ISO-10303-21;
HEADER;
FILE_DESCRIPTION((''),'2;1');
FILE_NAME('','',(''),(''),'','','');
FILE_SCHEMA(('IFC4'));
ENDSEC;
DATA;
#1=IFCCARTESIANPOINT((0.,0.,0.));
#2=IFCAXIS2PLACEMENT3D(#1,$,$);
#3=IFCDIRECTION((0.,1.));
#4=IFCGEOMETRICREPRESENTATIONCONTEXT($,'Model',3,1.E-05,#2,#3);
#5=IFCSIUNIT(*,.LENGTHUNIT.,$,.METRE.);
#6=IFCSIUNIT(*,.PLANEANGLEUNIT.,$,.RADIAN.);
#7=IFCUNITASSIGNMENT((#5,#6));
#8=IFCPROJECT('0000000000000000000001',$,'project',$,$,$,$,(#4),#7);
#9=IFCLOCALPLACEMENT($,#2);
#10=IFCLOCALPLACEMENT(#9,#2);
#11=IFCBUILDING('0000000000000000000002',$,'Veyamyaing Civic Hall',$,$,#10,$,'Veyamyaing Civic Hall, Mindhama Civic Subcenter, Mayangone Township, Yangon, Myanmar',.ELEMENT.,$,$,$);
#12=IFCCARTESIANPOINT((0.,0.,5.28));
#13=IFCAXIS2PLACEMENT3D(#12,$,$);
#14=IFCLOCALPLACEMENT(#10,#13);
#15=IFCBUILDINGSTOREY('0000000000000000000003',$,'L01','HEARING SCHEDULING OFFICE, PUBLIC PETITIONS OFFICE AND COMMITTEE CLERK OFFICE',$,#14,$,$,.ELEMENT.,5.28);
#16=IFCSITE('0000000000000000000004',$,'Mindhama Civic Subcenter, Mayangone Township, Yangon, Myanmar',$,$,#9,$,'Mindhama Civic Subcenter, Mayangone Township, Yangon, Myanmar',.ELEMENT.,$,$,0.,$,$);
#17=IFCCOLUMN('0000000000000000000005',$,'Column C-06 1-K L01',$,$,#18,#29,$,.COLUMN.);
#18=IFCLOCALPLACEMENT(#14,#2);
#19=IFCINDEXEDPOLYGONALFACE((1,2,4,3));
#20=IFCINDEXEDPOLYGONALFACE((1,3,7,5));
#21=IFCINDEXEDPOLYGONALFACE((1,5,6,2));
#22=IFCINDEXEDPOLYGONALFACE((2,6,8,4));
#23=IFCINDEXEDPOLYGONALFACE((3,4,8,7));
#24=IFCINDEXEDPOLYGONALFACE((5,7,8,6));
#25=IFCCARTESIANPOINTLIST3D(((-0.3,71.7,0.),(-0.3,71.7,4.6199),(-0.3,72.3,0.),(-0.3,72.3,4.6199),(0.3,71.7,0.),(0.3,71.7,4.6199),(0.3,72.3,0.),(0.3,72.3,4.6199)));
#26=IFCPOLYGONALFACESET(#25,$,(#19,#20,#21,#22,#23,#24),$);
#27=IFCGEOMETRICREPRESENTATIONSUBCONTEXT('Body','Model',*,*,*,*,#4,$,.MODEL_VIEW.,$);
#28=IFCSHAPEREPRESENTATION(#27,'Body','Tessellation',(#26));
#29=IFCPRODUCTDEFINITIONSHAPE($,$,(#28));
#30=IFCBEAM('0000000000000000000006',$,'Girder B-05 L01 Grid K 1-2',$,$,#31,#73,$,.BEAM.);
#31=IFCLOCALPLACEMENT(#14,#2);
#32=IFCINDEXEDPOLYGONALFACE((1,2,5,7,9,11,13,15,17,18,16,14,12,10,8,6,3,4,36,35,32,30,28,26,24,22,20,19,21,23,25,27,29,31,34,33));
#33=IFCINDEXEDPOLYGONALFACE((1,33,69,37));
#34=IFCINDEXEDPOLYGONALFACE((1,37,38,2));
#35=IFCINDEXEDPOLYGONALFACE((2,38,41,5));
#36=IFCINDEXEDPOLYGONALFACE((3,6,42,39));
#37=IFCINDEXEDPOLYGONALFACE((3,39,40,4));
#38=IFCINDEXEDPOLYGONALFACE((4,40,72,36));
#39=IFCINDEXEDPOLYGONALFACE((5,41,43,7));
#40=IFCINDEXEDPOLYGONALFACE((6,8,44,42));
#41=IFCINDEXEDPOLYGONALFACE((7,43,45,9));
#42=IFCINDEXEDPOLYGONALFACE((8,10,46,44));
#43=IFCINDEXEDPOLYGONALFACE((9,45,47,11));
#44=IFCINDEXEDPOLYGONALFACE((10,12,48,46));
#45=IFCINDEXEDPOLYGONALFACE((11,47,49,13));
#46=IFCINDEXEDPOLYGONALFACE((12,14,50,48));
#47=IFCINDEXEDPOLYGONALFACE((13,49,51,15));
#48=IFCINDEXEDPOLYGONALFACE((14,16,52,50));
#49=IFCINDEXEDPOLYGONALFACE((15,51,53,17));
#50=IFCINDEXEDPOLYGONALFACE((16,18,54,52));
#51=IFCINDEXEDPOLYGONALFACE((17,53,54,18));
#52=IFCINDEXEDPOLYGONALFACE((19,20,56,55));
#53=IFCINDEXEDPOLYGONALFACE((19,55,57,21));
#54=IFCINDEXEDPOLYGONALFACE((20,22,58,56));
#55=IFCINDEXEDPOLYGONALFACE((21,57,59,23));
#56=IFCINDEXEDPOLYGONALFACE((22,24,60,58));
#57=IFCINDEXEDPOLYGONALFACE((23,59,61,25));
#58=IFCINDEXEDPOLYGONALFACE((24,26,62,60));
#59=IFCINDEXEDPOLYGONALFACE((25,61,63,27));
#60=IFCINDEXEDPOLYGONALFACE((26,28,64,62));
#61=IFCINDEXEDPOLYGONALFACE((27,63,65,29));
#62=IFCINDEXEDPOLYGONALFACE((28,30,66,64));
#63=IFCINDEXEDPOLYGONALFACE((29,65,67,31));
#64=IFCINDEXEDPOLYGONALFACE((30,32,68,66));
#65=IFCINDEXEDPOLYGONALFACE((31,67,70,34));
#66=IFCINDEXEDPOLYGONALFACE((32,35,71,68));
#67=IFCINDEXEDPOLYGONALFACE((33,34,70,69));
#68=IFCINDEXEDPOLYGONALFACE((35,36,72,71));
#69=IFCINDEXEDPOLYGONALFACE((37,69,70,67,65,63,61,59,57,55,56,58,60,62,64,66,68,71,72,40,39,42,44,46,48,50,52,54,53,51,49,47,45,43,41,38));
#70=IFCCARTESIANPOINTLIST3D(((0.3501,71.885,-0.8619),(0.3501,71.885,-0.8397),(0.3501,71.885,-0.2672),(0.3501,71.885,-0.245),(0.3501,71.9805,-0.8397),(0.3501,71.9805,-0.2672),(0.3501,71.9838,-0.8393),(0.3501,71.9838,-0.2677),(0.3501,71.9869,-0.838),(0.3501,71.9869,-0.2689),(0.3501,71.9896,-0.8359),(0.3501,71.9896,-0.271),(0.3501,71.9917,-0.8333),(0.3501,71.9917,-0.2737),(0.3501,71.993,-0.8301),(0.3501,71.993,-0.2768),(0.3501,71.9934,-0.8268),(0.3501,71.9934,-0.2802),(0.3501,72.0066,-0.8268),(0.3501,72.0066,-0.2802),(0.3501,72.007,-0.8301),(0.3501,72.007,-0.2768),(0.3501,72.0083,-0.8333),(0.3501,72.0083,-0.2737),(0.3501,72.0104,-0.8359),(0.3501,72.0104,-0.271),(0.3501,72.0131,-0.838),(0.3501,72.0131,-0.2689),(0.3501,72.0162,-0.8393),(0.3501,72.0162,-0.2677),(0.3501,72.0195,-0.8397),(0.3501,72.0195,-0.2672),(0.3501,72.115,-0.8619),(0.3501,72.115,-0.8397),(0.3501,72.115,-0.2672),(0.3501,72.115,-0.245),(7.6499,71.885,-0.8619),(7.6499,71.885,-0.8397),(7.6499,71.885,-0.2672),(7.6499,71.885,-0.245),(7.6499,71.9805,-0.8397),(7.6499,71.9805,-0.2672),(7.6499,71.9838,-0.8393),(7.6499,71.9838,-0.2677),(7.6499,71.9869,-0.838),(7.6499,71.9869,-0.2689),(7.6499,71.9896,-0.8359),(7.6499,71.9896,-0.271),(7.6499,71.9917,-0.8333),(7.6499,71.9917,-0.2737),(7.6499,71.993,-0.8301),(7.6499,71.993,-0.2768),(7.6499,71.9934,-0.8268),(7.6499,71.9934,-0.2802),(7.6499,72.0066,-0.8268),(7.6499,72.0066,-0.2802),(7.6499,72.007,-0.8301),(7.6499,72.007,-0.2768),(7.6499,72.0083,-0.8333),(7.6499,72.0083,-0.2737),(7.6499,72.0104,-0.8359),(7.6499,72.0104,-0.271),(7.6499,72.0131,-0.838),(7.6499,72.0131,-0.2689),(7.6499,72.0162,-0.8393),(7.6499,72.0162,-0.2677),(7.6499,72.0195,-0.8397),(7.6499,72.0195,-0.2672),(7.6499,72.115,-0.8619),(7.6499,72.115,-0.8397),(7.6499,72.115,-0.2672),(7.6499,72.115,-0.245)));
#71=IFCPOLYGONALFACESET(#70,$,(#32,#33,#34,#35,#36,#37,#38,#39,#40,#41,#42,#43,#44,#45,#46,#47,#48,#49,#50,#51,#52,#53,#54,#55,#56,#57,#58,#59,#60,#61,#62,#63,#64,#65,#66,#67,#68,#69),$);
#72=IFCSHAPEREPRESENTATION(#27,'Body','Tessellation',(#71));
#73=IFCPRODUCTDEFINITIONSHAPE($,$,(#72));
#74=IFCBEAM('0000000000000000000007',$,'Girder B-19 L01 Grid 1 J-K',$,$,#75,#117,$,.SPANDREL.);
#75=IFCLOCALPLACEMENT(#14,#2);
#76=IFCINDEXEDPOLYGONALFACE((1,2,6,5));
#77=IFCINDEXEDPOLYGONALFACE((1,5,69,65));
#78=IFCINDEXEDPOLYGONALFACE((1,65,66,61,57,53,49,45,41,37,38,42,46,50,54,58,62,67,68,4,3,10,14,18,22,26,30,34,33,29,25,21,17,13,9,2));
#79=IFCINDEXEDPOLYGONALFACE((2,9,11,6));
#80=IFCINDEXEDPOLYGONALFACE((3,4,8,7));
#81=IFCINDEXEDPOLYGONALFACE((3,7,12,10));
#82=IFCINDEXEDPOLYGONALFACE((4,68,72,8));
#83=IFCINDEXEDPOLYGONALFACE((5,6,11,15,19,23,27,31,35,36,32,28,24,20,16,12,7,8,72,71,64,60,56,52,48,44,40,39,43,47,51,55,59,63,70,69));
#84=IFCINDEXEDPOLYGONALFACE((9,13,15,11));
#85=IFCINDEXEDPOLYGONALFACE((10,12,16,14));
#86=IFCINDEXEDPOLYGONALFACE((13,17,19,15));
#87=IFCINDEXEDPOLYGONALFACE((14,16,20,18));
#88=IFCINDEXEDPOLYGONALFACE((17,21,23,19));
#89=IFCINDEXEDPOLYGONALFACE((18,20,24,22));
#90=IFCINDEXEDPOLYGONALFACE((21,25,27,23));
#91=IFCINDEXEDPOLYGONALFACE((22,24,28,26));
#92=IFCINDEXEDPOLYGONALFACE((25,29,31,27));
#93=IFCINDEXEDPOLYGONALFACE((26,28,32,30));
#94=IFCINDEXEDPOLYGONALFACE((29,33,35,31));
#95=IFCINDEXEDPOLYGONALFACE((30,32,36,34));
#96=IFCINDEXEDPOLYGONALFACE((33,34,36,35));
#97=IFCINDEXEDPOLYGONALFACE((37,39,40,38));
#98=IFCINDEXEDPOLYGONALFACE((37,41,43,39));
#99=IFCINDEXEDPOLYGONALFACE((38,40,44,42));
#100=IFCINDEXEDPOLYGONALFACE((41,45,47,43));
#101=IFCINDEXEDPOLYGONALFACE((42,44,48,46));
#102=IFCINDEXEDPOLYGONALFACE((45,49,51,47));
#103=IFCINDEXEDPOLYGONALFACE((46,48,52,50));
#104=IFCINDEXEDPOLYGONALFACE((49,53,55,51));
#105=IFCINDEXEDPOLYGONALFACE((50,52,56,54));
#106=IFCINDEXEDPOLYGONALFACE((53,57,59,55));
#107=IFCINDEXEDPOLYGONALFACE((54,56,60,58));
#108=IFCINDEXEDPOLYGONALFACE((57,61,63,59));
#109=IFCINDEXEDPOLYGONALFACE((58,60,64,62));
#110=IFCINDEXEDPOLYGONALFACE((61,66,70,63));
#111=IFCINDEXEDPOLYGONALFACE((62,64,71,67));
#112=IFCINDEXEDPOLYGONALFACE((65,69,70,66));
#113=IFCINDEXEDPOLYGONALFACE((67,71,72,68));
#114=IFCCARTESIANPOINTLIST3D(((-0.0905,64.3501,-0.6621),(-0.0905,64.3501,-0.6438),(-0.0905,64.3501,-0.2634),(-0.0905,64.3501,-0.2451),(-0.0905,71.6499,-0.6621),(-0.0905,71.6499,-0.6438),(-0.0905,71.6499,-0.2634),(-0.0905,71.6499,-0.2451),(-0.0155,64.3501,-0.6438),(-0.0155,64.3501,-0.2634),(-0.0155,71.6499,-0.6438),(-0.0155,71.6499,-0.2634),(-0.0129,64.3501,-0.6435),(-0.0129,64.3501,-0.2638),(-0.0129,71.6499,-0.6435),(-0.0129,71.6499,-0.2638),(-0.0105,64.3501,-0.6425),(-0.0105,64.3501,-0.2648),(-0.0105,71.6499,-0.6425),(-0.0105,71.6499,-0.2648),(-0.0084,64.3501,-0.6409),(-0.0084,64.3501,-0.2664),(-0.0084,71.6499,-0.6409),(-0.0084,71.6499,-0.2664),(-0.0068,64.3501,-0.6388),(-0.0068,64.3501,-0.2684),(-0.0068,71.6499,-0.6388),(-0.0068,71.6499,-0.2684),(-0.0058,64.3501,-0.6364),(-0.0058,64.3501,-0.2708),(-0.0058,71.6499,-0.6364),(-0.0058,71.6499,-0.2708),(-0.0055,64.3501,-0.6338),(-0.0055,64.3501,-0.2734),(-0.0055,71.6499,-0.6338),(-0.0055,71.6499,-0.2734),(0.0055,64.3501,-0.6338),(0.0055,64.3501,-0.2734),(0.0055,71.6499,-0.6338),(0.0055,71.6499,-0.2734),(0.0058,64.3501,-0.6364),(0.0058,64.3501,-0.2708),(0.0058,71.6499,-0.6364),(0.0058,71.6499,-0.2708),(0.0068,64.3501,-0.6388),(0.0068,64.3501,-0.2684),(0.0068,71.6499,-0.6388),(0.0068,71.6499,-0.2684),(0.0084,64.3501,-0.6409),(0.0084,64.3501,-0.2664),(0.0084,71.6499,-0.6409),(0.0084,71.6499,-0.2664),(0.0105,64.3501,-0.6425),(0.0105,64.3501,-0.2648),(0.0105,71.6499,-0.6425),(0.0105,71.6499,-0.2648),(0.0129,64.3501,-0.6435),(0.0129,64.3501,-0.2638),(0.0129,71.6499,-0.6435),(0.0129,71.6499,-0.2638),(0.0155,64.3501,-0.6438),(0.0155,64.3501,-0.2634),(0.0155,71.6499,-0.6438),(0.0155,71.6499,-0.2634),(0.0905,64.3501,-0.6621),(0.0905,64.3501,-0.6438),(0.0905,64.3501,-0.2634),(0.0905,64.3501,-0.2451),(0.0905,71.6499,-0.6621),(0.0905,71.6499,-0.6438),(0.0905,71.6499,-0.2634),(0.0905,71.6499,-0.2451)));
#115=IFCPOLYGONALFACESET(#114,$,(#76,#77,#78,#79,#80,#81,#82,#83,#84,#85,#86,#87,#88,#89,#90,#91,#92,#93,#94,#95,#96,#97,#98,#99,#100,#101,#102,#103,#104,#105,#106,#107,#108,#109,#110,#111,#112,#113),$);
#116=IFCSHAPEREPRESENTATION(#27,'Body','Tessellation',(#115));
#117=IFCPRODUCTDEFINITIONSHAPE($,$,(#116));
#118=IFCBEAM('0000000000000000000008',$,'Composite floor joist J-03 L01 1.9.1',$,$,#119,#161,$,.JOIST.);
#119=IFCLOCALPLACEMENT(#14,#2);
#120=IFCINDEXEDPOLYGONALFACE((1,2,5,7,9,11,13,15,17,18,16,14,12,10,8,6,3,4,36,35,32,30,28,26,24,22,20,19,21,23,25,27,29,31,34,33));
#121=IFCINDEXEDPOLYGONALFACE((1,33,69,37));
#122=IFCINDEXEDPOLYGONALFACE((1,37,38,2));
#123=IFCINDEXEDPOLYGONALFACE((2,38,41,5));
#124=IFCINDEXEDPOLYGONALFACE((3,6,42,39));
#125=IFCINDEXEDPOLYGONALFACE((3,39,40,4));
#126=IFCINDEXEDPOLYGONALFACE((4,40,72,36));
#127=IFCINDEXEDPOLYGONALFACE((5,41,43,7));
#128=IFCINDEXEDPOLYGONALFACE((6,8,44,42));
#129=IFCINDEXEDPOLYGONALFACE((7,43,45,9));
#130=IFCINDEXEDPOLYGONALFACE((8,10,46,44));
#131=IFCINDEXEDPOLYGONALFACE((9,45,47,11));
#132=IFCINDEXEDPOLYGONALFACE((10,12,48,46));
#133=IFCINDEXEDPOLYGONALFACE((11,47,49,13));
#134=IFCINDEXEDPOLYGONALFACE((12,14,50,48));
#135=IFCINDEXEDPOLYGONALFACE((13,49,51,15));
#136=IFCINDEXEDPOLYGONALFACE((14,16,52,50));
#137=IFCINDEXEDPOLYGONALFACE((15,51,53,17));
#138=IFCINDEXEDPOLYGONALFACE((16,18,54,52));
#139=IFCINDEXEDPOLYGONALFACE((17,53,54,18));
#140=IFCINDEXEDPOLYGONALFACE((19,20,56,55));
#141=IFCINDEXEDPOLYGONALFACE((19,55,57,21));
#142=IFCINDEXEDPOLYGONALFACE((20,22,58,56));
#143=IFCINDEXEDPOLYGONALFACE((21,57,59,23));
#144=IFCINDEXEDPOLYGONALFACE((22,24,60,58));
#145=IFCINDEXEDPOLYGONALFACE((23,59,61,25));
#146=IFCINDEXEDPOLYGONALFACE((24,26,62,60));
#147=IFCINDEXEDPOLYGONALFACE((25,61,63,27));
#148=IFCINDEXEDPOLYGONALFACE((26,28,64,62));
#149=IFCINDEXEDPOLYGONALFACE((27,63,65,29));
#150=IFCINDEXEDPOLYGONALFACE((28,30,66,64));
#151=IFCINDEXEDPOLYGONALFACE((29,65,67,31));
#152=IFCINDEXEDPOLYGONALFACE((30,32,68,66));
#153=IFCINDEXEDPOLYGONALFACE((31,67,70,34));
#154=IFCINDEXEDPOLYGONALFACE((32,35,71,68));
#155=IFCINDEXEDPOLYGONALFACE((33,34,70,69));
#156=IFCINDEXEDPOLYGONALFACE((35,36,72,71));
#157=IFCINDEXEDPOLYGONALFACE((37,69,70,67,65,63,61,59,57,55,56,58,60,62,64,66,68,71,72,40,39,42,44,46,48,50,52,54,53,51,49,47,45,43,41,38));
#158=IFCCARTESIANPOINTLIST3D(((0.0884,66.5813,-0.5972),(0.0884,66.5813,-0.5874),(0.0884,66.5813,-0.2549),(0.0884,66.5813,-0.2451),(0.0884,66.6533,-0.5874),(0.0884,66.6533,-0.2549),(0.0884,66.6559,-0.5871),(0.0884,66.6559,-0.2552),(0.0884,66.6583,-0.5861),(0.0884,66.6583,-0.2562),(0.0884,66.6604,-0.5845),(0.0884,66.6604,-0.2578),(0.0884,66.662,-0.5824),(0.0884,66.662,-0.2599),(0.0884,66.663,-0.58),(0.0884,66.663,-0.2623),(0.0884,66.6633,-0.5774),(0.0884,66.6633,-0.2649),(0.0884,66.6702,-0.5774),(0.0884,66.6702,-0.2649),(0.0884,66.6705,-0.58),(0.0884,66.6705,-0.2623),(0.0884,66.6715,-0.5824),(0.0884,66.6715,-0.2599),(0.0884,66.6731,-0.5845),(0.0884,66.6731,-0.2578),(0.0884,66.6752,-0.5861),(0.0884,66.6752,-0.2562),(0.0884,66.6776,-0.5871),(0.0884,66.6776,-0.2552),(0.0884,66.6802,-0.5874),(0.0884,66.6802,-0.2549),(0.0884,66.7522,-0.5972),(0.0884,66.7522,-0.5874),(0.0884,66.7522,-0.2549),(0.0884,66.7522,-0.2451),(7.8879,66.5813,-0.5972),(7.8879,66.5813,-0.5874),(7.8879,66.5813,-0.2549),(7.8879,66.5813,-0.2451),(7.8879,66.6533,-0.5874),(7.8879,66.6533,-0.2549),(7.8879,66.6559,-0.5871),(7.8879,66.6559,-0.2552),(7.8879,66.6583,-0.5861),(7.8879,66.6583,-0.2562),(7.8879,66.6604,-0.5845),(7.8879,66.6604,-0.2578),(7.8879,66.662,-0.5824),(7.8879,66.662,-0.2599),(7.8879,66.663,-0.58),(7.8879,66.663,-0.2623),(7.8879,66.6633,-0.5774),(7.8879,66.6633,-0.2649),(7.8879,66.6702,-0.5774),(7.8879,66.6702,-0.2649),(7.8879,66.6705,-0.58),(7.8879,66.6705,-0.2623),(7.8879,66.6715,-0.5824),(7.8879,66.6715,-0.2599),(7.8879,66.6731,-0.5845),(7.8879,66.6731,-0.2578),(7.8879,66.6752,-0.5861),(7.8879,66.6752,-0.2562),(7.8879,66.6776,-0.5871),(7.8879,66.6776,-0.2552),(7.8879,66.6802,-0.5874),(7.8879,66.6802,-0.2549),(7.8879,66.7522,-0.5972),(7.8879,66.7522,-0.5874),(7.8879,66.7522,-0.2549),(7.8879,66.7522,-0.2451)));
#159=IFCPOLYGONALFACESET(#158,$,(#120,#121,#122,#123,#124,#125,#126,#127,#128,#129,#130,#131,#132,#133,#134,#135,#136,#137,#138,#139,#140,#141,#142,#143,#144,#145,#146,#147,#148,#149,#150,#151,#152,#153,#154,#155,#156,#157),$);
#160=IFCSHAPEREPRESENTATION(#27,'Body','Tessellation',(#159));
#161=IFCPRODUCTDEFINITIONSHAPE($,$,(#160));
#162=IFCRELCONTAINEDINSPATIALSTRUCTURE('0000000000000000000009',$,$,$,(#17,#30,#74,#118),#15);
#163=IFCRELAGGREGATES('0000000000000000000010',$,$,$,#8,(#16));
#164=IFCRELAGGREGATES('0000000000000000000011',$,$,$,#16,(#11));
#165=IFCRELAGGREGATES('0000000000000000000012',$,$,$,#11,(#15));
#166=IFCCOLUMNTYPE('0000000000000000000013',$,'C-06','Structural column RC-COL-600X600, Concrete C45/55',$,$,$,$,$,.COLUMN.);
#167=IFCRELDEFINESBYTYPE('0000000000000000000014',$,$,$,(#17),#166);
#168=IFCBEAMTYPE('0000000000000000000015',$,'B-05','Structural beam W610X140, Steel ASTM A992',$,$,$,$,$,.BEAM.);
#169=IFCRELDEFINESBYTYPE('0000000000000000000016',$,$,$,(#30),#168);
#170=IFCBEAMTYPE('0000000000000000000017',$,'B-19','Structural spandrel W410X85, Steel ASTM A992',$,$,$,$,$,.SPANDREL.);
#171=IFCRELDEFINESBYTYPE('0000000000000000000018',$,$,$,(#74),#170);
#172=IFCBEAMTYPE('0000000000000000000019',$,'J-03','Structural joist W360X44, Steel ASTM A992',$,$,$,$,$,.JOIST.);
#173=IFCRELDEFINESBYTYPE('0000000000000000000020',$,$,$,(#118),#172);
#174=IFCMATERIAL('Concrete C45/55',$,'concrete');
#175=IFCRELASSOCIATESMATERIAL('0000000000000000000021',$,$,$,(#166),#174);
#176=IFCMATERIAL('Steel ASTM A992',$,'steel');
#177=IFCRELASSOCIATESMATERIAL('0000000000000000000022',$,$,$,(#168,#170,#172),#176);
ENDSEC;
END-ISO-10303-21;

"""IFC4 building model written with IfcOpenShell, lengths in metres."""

from ifc_helpers import new_model, si_unit, direction, frame, origin, origin_2d, place, context, subcontext, project, spatial, rectangle, i_section, extrude, material, material_profile, profile_set, type_object, element, save


model = new_model("IFC4")

# Units and contexts
model_context = context("Model", 3, precision=1e-05, world=origin(), true_north=direction((0.0, 1.0)))
body_context = subcontext(model_context, "Body", "Model", "MODEL_VIEW")
ifc_project = project(units=[si_unit("LENGTHUNIT", "METRE"), si_unit("PLANEANGLEUNIT", "RADIAN")], contexts=[model_context])

# Site, building, storey
site_placement = place(None, origin())
site = spatial("IfcSite", under=ifc_project, at=site_placement, Name="Mindhama Civic Subcenter, Mayangone Township, Yangon, Myanmar", LongName="Mindhama Civic Subcenter, Mayangone Township, Yangon, Myanmar", CompositionType="ELEMENT", RefElevation=0.0)
building_placement = place(site_placement, origin())
building = spatial("IfcBuilding", under=site, at=building_placement, Name="Veyamyaing Civic Hall", LongName="Veyamyaing Civic Hall, Mindhama Civic Subcenter, Mayangone Township, Yangon, Myanmar", CompositionType="ELEMENT")
storey_placement = place(building_placement, frame((0.0, 0.0, 5.28)))
storey = spatial("IfcBuildingStorey", under=building, at=storey_placement, Name="L01", Description="HEARING SCHEDULING OFFICE, PUBLIC PETITIONS OFFICE AND COMMITTEE CLERK OFFICE", CompositionType="ELEMENT", Elevation=5.28)

# Column
ifc_material_1 = material(Name="Concrete C45/55", Category="concrete")
ifc_material_profile_1 = material_profile(ifc_material_1, rectangle(XDim=0.6001, YDim=0.6001, at=origin_2d()), Name="RC-COL-600X600")
ifc_profile_set_1 = profile_set([ifc_material_profile_1], Name="Concrete C45/55")
column_type = type_object("IfcColumnType", Name="C-06", Description="Structural column RC-COL-600X600, Concrete C45/55", PredefinedType="COLUMN", material=ifc_profile_set_1)
column_placement = place(storey_placement, frame((0.0, 72.0, 0.0), z_axis=(0.0, 0.0, 1.0), x_axis=(1.0, 0.0, 0.0)))
element("IfcColumn", 1, at=column_placement, inside=storey, type_object=column_type, Name="Column C-06 1-K L01", PredefinedType="COLUMN", context=body_context, shape_type="SweptSolid", body=[
    extrude(rectangle(XDim=0.6001, YDim=0.6001, at=origin_2d()), origin(), (0.0, 0.0, 1.0), 4.6199),
])

# Beams
ifc_material_2 = material(Name="Steel ASTM A992", Category="steel")
ifc_material_profile_2 = material_profile(ifc_material_2, i_section(OverallWidth=0.23, OverallDepth=0.6169, WebThickness=0.0132, FlangeThickness=0.0222, FilletRadius=0.0129, at=origin_2d()), Name="W610X140")
ifc_profile_set_2 = profile_set([ifc_material_profile_2], Name="Steel ASTM A992")
beam_type_1 = type_object("IfcBeamType", Name="B-05", Description="Structural beam W610X140, Steel ASTM A992", PredefinedType="BEAM", material=ifc_profile_set_2)
beam_1_placement = place(storey_placement, frame((0.3501, 72.0, -0.5535), z_axis=(1.0, 0.0, 0.0), x_axis=(0.0, 1.0, 0.0)))
element("IfcBeam", 2, at=beam_1_placement, inside=storey, type_object=beam_type_1, Name="Girder B-05 L01 Grid K 1-2", PredefinedType="BEAM", context=body_context, shape_type="SweptSolid", body=[
    extrude(i_section(OverallWidth=0.23, OverallDepth=0.6169, WebThickness=0.0132, FlangeThickness=0.0222, FilletRadius=0.0129, at=origin_2d()), origin(), (0.0, 0.0, 1.0), 7.2998),
])
ifc_material_profile_3 = material_profile(ifc_material_2, i_section(OverallWidth=0.1809, OverallDepth=0.417, WebThickness=0.011, FlangeThickness=0.0183, FilletRadius=0.01, at=origin_2d()), Name="W410X85")
ifc_profile_set_3 = profile_set([ifc_material_profile_3], Name="Steel ASTM A992")
beam_type_2 = type_object("IfcBeamType", Name="B-19", Description="Structural spandrel W410X85, Steel ASTM A992", PredefinedType="SPANDREL", material=ifc_profile_set_3)
beam_2_placement = place(storey_placement, frame((0.0, 64.3501, -0.4536), z_axis=(0.0, 1.0, 0.0), x_axis=(-1.0, 0.0, 0.0)))
element("IfcBeam", 3, at=beam_2_placement, inside=storey, type_object=beam_type_2, Name="Girder B-19 L01 Grid 1 J-K", PredefinedType="SPANDREL", context=body_context, shape_type="SweptSolid", body=[
    extrude(i_section(OverallWidth=0.1809, OverallDepth=0.417, WebThickness=0.011, FlangeThickness=0.0183, FilletRadius=0.01, at=origin_2d()), origin(), (0.0, 0.0, 1.0), 7.2998),
])
ifc_material_profile_4 = material_profile(ifc_material_2, i_section(OverallWidth=0.1709, OverallDepth=0.3521, WebThickness=0.0068, FlangeThickness=0.0098, FilletRadius=0.01, at=origin_2d()), Name="W360X44")
ifc_profile_set_4 = profile_set([ifc_material_profile_4], Name="Steel ASTM A992")
beam_type_3 = type_object("IfcBeamType", Name="J-03", Description="Structural joist W360X44, Steel ASTM A992", PredefinedType="JOIST", material=ifc_profile_set_4)
for number, where, z_axis, x_axis, name in (
    (4, (0.0884, 66.6667, -0.4211), (1.0, 0.0, 0.0), (0.0, 1.0, 0.0), "Composite floor joist J-03 L01 1.9.1"),
):
    element("IfcBeam", number, at=place(storey_placement, frame(where, z_axis=z_axis, x_axis=x_axis)), inside=storey, type_object=beam_type_3, Name=name, PredefinedType="JOIST", context=body_context, shape_type="SweptSolid", body=[
        extrude(i_section(OverallWidth=0.1709, OverallDepth=0.3521, WebThickness=0.0068, FlangeThickness=0.0098, FilletRadius=0.01, at=origin_2d()), origin(), (0.0, 0.0, 1.0), 7.7996),
    ])

save(model, "model.ifc")
